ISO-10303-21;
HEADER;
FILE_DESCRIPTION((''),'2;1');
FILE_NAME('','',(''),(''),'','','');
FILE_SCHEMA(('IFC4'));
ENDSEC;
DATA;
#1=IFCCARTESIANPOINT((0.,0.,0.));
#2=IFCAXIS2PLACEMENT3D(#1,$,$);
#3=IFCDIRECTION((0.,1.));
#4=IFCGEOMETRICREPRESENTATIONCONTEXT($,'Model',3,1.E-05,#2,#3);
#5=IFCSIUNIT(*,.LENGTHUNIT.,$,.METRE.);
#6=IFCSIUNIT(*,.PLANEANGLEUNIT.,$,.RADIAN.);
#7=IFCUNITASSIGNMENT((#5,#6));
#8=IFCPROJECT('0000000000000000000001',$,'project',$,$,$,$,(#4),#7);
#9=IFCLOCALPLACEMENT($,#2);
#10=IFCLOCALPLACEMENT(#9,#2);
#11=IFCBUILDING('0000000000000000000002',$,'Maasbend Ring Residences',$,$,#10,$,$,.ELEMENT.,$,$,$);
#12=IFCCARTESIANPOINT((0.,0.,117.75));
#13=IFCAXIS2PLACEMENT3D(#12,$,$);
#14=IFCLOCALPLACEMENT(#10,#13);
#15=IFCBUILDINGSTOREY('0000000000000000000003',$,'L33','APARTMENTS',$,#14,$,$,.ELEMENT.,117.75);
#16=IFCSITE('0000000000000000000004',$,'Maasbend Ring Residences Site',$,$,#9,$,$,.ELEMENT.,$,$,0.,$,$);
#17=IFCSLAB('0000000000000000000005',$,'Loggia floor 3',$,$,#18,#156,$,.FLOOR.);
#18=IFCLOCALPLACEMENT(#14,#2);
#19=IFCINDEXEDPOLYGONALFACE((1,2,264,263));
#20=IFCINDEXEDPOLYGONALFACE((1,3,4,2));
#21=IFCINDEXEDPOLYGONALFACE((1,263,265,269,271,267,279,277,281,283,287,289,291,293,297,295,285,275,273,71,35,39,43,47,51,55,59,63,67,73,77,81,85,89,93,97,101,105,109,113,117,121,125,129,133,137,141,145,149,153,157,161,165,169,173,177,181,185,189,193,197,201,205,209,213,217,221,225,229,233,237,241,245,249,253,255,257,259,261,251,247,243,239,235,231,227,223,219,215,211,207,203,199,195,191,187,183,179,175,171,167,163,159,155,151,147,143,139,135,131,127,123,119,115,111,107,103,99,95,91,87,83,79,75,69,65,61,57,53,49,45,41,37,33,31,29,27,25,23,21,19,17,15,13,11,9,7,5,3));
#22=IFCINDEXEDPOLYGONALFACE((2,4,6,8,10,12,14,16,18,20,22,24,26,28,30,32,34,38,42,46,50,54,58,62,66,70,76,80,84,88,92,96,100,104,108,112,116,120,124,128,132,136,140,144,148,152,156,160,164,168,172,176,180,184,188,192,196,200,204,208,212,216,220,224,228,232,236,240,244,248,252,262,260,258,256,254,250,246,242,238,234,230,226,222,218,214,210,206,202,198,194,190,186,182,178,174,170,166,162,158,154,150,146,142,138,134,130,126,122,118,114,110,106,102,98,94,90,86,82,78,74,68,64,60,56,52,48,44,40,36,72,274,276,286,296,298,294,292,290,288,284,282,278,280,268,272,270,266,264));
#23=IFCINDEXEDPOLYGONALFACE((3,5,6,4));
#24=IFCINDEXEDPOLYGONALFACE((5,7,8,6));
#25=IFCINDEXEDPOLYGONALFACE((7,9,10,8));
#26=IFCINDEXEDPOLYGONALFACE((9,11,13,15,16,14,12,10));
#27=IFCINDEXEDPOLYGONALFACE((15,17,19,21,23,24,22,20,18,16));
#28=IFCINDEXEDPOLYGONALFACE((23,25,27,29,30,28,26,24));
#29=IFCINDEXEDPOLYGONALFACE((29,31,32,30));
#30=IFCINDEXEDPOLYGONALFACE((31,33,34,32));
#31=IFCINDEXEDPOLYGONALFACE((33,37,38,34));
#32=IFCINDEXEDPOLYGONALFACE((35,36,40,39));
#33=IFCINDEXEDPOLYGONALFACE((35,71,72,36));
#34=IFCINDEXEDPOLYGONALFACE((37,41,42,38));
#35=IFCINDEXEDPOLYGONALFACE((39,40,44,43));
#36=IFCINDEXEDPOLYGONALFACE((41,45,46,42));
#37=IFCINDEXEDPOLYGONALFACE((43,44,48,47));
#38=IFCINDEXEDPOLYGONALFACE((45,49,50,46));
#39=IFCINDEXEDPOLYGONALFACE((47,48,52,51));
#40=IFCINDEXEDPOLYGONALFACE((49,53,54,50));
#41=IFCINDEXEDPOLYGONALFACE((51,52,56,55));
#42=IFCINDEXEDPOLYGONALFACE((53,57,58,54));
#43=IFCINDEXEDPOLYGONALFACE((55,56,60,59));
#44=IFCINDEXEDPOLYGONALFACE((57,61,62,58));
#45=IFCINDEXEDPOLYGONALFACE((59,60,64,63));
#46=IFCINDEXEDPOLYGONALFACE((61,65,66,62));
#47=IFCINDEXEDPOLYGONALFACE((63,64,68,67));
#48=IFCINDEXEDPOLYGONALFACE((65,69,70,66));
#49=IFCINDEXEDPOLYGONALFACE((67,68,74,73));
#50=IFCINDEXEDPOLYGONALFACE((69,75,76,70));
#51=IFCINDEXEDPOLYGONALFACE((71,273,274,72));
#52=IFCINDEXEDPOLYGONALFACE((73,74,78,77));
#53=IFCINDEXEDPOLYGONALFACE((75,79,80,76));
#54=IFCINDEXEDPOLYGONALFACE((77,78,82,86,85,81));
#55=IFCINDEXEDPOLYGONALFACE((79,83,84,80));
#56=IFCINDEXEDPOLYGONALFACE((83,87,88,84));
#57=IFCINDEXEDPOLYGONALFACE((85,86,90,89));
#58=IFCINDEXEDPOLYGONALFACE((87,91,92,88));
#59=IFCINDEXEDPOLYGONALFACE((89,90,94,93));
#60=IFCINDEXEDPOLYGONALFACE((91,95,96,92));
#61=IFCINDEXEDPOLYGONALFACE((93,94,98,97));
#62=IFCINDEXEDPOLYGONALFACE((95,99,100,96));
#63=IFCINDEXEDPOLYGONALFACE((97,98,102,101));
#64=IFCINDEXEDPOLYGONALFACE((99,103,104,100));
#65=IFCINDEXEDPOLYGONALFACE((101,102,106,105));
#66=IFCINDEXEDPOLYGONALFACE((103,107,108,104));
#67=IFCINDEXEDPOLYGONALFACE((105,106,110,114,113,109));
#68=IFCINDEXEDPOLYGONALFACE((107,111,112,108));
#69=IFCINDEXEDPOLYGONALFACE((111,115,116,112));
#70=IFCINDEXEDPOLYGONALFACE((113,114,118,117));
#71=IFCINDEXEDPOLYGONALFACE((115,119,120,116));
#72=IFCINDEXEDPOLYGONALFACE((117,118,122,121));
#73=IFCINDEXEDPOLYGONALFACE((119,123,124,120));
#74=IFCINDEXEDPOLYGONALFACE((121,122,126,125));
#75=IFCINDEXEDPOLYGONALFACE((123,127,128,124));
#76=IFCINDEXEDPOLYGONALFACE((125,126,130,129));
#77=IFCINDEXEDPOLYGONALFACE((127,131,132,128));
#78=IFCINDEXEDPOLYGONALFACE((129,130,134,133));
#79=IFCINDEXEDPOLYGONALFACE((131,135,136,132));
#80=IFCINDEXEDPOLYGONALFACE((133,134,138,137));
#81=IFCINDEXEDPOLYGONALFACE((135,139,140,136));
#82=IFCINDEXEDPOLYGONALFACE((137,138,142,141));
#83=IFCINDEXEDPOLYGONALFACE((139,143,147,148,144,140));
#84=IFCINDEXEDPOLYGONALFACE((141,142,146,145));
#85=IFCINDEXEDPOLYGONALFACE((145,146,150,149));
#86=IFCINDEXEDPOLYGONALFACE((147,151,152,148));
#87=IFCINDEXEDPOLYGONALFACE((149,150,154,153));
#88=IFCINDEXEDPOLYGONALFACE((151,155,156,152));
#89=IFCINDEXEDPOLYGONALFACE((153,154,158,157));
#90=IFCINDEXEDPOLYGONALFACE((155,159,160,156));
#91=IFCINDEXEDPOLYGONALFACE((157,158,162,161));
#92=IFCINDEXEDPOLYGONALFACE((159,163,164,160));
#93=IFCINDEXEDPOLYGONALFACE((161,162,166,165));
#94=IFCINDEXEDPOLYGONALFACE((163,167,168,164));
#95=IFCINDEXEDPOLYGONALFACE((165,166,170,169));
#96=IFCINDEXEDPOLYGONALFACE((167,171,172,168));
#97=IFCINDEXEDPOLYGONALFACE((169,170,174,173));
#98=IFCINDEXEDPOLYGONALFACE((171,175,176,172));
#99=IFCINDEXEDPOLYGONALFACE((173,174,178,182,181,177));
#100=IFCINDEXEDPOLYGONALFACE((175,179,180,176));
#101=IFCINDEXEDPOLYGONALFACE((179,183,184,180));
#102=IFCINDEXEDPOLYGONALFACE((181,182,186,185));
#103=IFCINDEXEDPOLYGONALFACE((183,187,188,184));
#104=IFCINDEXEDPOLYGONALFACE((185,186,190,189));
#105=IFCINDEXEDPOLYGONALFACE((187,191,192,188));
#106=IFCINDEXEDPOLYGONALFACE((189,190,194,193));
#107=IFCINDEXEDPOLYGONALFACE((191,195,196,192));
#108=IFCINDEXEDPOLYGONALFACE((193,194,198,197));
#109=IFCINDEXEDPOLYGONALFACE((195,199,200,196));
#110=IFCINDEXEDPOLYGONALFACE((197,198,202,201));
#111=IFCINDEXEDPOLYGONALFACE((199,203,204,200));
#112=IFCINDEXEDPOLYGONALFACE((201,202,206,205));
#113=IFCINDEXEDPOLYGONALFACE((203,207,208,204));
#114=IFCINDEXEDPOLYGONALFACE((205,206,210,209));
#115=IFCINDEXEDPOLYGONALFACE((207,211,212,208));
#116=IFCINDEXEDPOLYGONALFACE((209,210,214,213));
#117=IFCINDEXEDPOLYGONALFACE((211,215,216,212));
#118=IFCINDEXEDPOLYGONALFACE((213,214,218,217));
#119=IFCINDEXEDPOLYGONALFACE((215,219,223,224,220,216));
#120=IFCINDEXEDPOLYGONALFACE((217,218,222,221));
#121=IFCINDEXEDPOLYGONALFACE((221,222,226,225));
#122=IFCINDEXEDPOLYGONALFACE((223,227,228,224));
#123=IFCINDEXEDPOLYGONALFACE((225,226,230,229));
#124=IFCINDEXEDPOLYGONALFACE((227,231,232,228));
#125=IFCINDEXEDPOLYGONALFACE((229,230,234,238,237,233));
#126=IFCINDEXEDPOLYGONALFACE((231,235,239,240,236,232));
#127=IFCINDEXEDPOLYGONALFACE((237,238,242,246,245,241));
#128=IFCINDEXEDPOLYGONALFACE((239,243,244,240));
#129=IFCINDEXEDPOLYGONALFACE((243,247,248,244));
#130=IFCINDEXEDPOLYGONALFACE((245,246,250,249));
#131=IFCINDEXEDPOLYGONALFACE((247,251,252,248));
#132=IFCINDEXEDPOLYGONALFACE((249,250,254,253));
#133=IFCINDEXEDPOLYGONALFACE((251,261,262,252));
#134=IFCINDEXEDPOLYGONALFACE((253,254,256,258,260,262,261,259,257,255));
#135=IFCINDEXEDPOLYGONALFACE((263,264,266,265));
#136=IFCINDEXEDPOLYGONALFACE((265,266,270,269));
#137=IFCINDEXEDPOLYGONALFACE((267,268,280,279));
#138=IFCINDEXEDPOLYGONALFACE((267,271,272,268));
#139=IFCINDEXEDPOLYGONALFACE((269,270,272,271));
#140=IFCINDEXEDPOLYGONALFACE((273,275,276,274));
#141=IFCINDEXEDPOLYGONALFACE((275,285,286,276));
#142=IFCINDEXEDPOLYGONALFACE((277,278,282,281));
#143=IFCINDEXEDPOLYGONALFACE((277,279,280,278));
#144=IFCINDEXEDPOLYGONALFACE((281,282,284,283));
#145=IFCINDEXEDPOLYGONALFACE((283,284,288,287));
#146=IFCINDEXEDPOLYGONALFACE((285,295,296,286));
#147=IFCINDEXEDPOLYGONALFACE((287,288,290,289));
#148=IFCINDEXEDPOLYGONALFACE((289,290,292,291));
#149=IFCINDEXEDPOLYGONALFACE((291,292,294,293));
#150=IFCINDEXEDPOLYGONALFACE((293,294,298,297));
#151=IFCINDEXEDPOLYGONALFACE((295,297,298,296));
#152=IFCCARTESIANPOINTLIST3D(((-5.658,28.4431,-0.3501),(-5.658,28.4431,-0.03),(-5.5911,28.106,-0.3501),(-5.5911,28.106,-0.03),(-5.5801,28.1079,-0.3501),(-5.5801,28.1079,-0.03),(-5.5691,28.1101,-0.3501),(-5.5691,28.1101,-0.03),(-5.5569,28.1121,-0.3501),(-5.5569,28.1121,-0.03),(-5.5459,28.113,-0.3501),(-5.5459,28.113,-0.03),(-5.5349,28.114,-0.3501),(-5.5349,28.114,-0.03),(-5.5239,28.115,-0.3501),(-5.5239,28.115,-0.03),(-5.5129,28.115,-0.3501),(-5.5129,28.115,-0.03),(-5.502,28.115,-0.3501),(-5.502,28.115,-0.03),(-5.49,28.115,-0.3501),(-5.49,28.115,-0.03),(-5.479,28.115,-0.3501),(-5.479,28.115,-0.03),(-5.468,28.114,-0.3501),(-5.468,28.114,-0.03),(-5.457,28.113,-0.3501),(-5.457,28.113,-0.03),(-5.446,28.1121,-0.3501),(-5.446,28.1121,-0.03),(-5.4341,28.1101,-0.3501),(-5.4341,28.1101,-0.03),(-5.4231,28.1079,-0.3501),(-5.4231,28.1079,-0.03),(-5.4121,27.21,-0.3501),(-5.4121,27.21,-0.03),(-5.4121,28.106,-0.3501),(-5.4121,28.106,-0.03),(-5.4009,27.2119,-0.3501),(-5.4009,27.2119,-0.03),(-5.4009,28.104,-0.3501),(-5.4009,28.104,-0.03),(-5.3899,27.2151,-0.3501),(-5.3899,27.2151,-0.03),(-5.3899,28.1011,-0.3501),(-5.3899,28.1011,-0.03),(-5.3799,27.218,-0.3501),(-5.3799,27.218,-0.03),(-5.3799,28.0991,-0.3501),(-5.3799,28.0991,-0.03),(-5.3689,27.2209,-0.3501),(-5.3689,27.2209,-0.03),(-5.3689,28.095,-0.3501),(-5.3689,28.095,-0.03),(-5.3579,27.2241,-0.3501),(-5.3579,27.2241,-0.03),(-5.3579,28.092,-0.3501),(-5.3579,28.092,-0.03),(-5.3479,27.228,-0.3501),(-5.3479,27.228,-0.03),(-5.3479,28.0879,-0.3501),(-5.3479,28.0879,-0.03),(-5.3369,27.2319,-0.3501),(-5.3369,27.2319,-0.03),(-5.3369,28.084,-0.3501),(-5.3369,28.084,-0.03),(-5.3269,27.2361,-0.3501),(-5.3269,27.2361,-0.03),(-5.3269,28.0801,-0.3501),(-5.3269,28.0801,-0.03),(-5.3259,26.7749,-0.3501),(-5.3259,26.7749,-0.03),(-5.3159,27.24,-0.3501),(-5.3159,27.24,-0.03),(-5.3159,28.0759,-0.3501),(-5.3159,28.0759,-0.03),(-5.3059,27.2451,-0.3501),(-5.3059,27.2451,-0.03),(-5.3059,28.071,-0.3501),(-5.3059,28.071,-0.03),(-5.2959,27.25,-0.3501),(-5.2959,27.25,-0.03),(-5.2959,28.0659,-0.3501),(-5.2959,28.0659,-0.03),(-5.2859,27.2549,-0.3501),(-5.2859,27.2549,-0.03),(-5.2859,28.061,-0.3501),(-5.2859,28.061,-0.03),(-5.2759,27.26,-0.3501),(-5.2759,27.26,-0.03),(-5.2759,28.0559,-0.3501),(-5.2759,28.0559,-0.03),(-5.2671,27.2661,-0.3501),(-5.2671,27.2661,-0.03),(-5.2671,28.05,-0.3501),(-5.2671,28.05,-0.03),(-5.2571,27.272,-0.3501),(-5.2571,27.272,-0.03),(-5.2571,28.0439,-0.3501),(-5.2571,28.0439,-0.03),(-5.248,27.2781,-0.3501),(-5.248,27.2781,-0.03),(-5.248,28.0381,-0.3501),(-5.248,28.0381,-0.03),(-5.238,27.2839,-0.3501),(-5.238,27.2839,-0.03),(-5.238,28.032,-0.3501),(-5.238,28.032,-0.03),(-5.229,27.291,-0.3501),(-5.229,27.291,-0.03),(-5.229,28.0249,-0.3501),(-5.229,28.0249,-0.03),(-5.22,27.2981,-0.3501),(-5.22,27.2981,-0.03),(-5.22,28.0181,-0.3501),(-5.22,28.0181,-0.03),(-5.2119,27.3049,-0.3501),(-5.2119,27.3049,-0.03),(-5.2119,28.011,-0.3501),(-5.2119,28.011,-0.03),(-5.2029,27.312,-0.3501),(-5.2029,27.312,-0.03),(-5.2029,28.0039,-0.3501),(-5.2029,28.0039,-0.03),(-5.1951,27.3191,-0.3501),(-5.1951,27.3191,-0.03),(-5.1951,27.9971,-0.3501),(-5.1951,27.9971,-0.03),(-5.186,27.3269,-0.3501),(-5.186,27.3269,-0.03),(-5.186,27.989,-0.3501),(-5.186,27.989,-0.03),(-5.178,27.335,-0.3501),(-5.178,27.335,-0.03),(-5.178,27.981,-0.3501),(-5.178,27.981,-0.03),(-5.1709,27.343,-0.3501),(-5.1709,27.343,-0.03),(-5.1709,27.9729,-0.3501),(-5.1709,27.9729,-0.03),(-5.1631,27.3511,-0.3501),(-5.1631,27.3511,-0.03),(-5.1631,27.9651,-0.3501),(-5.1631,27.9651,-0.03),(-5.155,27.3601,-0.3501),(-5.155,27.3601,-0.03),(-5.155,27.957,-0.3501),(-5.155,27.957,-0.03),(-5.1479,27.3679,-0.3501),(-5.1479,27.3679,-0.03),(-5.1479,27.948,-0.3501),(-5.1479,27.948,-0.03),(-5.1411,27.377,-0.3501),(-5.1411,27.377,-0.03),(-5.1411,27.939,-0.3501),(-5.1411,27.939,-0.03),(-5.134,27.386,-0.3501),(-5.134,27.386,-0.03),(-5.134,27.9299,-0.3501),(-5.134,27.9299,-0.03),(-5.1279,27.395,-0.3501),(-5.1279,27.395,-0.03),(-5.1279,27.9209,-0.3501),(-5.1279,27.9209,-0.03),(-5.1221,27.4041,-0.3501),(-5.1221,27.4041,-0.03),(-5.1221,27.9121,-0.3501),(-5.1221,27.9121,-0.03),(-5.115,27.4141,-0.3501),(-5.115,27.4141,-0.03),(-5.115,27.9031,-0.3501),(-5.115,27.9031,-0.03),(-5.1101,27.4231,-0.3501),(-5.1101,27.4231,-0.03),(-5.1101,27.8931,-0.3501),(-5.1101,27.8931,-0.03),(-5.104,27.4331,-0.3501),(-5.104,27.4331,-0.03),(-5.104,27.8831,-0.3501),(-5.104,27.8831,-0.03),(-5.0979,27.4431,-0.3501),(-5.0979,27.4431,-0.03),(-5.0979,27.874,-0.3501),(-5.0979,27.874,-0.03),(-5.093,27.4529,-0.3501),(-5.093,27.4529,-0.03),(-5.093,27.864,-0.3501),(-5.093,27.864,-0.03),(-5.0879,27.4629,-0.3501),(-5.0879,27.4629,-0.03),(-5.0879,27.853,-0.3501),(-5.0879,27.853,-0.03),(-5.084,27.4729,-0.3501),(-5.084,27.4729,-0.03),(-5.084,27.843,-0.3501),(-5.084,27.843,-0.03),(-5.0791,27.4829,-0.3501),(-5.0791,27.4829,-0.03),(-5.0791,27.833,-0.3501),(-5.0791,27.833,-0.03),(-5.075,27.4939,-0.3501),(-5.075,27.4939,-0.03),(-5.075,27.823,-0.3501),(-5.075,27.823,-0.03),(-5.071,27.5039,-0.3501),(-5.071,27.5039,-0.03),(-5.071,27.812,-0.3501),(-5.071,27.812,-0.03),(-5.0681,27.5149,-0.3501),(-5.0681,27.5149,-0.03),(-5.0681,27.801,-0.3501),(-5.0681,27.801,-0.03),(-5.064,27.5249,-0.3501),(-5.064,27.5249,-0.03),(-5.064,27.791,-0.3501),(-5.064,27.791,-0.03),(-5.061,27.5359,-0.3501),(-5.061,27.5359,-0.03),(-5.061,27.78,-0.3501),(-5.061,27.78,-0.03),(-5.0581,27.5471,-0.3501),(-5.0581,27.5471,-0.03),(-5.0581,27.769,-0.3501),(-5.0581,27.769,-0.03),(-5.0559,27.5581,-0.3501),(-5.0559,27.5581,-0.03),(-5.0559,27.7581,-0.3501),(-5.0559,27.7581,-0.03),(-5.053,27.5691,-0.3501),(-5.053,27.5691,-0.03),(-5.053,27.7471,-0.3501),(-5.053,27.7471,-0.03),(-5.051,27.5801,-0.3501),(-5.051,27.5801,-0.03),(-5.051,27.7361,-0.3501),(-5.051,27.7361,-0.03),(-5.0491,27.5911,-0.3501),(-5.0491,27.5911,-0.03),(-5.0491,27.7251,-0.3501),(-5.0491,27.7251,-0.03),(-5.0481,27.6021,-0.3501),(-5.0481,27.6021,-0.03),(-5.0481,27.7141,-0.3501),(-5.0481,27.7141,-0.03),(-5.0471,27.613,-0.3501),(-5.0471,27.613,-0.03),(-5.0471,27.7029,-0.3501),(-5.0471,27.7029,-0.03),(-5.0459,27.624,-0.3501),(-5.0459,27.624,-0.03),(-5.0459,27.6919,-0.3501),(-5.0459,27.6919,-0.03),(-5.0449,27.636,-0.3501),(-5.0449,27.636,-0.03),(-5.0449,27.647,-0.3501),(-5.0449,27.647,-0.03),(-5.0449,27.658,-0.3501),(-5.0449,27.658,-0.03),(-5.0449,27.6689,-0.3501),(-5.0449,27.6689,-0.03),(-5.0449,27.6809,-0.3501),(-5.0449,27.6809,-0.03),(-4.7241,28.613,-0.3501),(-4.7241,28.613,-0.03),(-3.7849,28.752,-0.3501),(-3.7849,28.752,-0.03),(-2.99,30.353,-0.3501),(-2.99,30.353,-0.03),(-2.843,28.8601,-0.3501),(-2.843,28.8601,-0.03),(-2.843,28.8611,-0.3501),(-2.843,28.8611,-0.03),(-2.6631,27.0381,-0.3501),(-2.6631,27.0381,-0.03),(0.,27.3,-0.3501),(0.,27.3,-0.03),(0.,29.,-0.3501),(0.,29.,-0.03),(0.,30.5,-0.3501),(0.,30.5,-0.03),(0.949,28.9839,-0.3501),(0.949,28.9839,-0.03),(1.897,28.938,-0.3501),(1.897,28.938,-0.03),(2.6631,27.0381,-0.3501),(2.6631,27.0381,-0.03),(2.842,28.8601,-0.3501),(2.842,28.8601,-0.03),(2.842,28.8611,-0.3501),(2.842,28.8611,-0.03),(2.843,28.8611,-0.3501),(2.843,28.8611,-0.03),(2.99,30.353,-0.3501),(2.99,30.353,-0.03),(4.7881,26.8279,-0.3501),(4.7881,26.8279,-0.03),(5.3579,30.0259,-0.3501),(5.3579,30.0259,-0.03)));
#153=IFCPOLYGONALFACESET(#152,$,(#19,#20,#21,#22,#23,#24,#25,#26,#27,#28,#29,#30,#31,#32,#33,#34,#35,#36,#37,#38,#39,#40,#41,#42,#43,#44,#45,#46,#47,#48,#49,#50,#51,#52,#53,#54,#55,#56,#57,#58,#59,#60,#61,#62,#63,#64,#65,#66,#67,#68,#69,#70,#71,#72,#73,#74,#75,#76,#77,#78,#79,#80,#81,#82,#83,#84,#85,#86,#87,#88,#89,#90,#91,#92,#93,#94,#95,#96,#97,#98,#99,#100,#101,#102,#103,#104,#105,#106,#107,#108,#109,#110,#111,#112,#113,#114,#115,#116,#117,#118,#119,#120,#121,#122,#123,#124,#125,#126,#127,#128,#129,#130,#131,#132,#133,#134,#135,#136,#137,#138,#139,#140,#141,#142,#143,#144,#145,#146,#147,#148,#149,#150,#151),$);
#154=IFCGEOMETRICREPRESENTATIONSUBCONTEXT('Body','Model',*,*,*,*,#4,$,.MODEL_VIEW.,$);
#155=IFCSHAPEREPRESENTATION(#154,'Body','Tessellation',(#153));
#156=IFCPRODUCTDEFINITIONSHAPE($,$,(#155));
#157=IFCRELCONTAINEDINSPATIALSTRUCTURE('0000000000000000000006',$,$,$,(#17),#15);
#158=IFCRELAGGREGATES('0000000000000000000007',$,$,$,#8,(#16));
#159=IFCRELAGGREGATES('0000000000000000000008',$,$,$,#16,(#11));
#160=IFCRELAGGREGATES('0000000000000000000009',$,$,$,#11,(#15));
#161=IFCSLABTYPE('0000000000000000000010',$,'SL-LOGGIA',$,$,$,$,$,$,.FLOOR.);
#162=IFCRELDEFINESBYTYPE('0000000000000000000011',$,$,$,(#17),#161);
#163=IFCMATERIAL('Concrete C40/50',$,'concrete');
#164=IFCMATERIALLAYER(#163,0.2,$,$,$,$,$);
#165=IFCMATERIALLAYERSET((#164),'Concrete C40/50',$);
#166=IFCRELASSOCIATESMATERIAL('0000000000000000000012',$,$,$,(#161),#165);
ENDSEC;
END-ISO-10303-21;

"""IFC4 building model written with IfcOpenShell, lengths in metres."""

from ifc_helpers import new_model, si_unit, direction, frame, origin, place, context, subcontext, project, spatial, polyline, outline, extrude, material, layer, layer_set, type_object, element, save


model = new_model("IFC4")

# Units and contexts
model_context = context("Model", 3, precision=1e-05, world=origin(), true_north=direction((0.0, 1.0)))
body_context = subcontext(model_context, "Body", "Model", "MODEL_VIEW")
ifc_project = project(units=[si_unit("LENGTHUNIT", "METRE"), si_unit("PLANEANGLEUNIT", "RADIAN")], contexts=[model_context])

# Site, building, storey
site_placement = place(None, origin())
site = spatial("IfcSite", under=ifc_project, at=site_placement, Name="Maasbend Ring Residences Site", CompositionType="ELEMENT", RefElevation=0.0)
building_placement = place(site_placement, origin())
building = spatial("IfcBuilding", under=site, at=building_placement, Name="Maasbend Ring Residences", CompositionType="ELEMENT")
storey_placement = place(building_placement, frame((0.0, 0.0, 117.75)))
storey = spatial("IfcBuildingStorey", under=building, at=storey_placement, Name="L33", Description="APARTMENTS", CompositionType="ELEMENT", Elevation=117.75)

# Slab
ifc_material_1 = material(Name="Concrete C40/50", Category="concrete")
ifc_layer_1 = layer(ifc_material_1, 0.2)
ifc_layer_set_1 = layer_set([ifc_layer_1], Name="Concrete C40/50")
slab_type_1 = type_object("IfcSlabType", Name="SL-LOGGIA", PredefinedType="FLOOR", material=ifc_layer_set_1)
slab_1_placement = place(storey_placement, frame((0.0, 0.0, -0.3501)))
element("IfcSlab", 1, at=slab_1_placement, inside=storey, type_object=slab_type_1, Name="Loggia floor 3", PredefinedType="FLOOR", context=body_context, shape_type="SweptSolid", body=[
    extrude(outline(polyline([(-3.7849, 28.752), (-2.843, 28.8601), (-2.843, 28.8601), (-2.843, 28.8601), (-2.843, 28.8601), (-2.843, 28.8601), (-2.843, 28.8601), (-2.843, 28.8601), (-2.843, 28.8601), (-2.843, 28.8601), (-2.843, 28.8611), (-2.843, 28.8611), (-2.843, 28.8611), (-2.843, 28.8611), (-2.843, 28.8611), (-2.843, 28.8611), (-2.843, 28.8611), (-2.843, 28.8611), (-2.99, 30.353), (-2.99, 30.353), (-2.99, 30.353), (0.0, 30.5), (0.0, 30.5), (0.0, 30.5), (0.0, 29.0), (0.0, 29.0), (0.0, 29.0), (0.0, 29.0), (0.0, 29.0), (0.0, 29.0), (0.0, 29.0), (0.0, 29.0), (0.0, 29.0), (0.0, 29.0), (0.0, 29.0), (0.0, 29.0), (0.0, 29.0), (0.0, 29.0), (0.0, 29.0), (0.0, 29.0), (0.0, 29.0), (0.949, 28.9839), (0.949, 28.9839), (1.897, 28.938), (1.897, 28.938), (2.842, 28.8601), (2.842, 28.8601), (2.842, 28.8601), (2.842, 28.8601), (2.842, 28.8601), (2.842, 28.8601), (2.842, 28.8601), (2.842, 28.8601), (2.842, 28.8611), (2.842, 28.8611), (2.842, 28.8611), (2.842, 28.8611), (2.842, 28.8611), (2.843, 28.8611), (2.843, 28.8611), (2.843, 28.8611), (2.843, 28.8611), (2.99, 30.353), (2.99, 30.353), (2.99, 30.353), (5.3579, 30.0259), (5.3579, 30.0259), (5.3579, 30.0259), (4.7881, 26.8279), (4.7881, 26.8279), (4.7881, 26.8279), (2.6631, 27.0381), (0.0, 27.3), (0.0, 27.3), (0.0, 27.3), (-2.6631, 27.0381), (-5.3259, 26.7749), (-5.3259, 26.7749), (-5.3259, 26.7749), (-5.4121, 27.21), (-5.4121, 27.21), (-5.4009, 27.2119), (-5.3899, 27.2151), (-5.3799, 27.218), (-5.3689, 27.2209), (-5.3579, 27.2241), (-5.3479, 27.228), (-5.3369, 27.2319), (-5.3269, 27.2361), (-5.3159, 27.24), (-5.3059, 27.2451), (-5.2959, 27.25), (-5.2859, 27.2549), (-5.2759, 27.26), (-5.2671, 27.2661), (-5.2571, 27.272), (-5.248, 27.2781), (-5.238, 27.2839), (-5.229, 27.291), (-5.22, 27.2981), (-5.2119, 27.3049), (-5.2029, 27.312), (-5.1951, 27.3191), (-5.186, 27.3269), (-5.178, 27.335), (-5.1709, 27.343), (-5.1631, 27.3511), (-5.155, 27.3601), (-5.1479, 27.3679), (-5.1411, 27.377), (-5.134, 27.386), (-5.1279, 27.395), (-5.1221, 27.4041), (-5.115, 27.4141), (-5.1101, 27.4231), (-5.104, 27.4331), (-5.0979, 27.4431), (-5.093, 27.4529), (-5.0879, 27.4629), (-5.084, 27.4729), (-5.0791, 27.4829), (-5.075, 27.4939), (-5.071, 27.5039), (-5.0681, 27.5149), (-5.064, 27.5249), (-5.061, 27.5359), (-5.0581, 27.5471), (-5.0559, 27.5581), (-5.053, 27.5691), (-5.051, 27.5801), (-5.0491, 27.5911), (-5.0481, 27.6021), (-5.0471, 27.613), (-5.0459, 27.624), (-5.0449, 27.636), (-5.0449, 27.647), (-5.0449, 27.658), (-5.0449, 27.6689), (-5.0449, 27.6809), (-5.0459, 27.6919), (-5.0471, 27.7029), (-5.0481, 27.7141), (-5.0491, 27.7251), (-5.051, 27.7361), (-5.053, 27.7471), (-5.0559, 27.7581), (-5.0581, 27.769), (-5.061, 27.78), (-5.064, 27.791), (-5.0681, 27.801), (-5.071, 27.812), (-5.075, 27.823), (-5.0791, 27.833), (-5.084, 27.843), (-5.0879, 27.853), (-5.093, 27.864), (-5.0979, 27.874), (-5.104, 27.8831), (-5.1101, 27.8931), (-5.115, 27.9031), (-5.1221, 27.9121), (-5.1279, 27.9209), (-5.134, 27.9299), (-5.1411, 27.939), (-5.1479, 27.948), (-5.155, 27.957), (-5.1631, 27.9651), (-5.1709, 27.9729), (-5.178, 27.981), (-5.186, 27.989), (-5.1951, 27.9971), (-5.2029, 28.0039), (-5.2119, 28.011), (-5.22, 28.0181), (-5.229, 28.0249), (-5.238, 28.032), (-5.248, 28.0381), (-5.2571, 28.0439), (-5.2671, 28.05), (-5.2759, 28.0559), (-5.2859, 28.061), (-5.2959, 28.0659), (-5.3059, 28.071), (-5.3159, 28.0759), (-5.3269, 28.0801), (-5.3369, 28.084), (-5.3479, 28.0879), (-5.3579, 28.092), (-5.3689, 28.095), (-5.3799, 28.0991), (-5.3899, 28.1011), (-5.4009, 28.104), (-5.4121, 28.106), (-5.4231, 28.1079), (-5.4341, 28.1101), (-5.446, 28.1121), (-5.457, 28.113), (-5.468, 28.114), (-5.479, 28.115), (-5.49, 28.115), (-5.502, 28.115), (-5.5129, 28.115), (-5.5239, 28.115), (-5.5349, 28.114), (-5.5459, 28.113), (-5.5569, 28.1121), (-5.5691, 28.1101), (-5.5801, 28.1079), (-5.5911, 28.106), (-5.5911, 28.106), (-5.658, 28.4431), (-5.658, 28.4431), (-5.658, 28.4431), (-4.7241, 28.613), (-4.7241, 28.613), (-3.7849, 28.752), (-3.7849, 28.752)])), origin(), (0.0, 0.0, 1.0), 0.3201),
])

save(model, "model.ifc")
